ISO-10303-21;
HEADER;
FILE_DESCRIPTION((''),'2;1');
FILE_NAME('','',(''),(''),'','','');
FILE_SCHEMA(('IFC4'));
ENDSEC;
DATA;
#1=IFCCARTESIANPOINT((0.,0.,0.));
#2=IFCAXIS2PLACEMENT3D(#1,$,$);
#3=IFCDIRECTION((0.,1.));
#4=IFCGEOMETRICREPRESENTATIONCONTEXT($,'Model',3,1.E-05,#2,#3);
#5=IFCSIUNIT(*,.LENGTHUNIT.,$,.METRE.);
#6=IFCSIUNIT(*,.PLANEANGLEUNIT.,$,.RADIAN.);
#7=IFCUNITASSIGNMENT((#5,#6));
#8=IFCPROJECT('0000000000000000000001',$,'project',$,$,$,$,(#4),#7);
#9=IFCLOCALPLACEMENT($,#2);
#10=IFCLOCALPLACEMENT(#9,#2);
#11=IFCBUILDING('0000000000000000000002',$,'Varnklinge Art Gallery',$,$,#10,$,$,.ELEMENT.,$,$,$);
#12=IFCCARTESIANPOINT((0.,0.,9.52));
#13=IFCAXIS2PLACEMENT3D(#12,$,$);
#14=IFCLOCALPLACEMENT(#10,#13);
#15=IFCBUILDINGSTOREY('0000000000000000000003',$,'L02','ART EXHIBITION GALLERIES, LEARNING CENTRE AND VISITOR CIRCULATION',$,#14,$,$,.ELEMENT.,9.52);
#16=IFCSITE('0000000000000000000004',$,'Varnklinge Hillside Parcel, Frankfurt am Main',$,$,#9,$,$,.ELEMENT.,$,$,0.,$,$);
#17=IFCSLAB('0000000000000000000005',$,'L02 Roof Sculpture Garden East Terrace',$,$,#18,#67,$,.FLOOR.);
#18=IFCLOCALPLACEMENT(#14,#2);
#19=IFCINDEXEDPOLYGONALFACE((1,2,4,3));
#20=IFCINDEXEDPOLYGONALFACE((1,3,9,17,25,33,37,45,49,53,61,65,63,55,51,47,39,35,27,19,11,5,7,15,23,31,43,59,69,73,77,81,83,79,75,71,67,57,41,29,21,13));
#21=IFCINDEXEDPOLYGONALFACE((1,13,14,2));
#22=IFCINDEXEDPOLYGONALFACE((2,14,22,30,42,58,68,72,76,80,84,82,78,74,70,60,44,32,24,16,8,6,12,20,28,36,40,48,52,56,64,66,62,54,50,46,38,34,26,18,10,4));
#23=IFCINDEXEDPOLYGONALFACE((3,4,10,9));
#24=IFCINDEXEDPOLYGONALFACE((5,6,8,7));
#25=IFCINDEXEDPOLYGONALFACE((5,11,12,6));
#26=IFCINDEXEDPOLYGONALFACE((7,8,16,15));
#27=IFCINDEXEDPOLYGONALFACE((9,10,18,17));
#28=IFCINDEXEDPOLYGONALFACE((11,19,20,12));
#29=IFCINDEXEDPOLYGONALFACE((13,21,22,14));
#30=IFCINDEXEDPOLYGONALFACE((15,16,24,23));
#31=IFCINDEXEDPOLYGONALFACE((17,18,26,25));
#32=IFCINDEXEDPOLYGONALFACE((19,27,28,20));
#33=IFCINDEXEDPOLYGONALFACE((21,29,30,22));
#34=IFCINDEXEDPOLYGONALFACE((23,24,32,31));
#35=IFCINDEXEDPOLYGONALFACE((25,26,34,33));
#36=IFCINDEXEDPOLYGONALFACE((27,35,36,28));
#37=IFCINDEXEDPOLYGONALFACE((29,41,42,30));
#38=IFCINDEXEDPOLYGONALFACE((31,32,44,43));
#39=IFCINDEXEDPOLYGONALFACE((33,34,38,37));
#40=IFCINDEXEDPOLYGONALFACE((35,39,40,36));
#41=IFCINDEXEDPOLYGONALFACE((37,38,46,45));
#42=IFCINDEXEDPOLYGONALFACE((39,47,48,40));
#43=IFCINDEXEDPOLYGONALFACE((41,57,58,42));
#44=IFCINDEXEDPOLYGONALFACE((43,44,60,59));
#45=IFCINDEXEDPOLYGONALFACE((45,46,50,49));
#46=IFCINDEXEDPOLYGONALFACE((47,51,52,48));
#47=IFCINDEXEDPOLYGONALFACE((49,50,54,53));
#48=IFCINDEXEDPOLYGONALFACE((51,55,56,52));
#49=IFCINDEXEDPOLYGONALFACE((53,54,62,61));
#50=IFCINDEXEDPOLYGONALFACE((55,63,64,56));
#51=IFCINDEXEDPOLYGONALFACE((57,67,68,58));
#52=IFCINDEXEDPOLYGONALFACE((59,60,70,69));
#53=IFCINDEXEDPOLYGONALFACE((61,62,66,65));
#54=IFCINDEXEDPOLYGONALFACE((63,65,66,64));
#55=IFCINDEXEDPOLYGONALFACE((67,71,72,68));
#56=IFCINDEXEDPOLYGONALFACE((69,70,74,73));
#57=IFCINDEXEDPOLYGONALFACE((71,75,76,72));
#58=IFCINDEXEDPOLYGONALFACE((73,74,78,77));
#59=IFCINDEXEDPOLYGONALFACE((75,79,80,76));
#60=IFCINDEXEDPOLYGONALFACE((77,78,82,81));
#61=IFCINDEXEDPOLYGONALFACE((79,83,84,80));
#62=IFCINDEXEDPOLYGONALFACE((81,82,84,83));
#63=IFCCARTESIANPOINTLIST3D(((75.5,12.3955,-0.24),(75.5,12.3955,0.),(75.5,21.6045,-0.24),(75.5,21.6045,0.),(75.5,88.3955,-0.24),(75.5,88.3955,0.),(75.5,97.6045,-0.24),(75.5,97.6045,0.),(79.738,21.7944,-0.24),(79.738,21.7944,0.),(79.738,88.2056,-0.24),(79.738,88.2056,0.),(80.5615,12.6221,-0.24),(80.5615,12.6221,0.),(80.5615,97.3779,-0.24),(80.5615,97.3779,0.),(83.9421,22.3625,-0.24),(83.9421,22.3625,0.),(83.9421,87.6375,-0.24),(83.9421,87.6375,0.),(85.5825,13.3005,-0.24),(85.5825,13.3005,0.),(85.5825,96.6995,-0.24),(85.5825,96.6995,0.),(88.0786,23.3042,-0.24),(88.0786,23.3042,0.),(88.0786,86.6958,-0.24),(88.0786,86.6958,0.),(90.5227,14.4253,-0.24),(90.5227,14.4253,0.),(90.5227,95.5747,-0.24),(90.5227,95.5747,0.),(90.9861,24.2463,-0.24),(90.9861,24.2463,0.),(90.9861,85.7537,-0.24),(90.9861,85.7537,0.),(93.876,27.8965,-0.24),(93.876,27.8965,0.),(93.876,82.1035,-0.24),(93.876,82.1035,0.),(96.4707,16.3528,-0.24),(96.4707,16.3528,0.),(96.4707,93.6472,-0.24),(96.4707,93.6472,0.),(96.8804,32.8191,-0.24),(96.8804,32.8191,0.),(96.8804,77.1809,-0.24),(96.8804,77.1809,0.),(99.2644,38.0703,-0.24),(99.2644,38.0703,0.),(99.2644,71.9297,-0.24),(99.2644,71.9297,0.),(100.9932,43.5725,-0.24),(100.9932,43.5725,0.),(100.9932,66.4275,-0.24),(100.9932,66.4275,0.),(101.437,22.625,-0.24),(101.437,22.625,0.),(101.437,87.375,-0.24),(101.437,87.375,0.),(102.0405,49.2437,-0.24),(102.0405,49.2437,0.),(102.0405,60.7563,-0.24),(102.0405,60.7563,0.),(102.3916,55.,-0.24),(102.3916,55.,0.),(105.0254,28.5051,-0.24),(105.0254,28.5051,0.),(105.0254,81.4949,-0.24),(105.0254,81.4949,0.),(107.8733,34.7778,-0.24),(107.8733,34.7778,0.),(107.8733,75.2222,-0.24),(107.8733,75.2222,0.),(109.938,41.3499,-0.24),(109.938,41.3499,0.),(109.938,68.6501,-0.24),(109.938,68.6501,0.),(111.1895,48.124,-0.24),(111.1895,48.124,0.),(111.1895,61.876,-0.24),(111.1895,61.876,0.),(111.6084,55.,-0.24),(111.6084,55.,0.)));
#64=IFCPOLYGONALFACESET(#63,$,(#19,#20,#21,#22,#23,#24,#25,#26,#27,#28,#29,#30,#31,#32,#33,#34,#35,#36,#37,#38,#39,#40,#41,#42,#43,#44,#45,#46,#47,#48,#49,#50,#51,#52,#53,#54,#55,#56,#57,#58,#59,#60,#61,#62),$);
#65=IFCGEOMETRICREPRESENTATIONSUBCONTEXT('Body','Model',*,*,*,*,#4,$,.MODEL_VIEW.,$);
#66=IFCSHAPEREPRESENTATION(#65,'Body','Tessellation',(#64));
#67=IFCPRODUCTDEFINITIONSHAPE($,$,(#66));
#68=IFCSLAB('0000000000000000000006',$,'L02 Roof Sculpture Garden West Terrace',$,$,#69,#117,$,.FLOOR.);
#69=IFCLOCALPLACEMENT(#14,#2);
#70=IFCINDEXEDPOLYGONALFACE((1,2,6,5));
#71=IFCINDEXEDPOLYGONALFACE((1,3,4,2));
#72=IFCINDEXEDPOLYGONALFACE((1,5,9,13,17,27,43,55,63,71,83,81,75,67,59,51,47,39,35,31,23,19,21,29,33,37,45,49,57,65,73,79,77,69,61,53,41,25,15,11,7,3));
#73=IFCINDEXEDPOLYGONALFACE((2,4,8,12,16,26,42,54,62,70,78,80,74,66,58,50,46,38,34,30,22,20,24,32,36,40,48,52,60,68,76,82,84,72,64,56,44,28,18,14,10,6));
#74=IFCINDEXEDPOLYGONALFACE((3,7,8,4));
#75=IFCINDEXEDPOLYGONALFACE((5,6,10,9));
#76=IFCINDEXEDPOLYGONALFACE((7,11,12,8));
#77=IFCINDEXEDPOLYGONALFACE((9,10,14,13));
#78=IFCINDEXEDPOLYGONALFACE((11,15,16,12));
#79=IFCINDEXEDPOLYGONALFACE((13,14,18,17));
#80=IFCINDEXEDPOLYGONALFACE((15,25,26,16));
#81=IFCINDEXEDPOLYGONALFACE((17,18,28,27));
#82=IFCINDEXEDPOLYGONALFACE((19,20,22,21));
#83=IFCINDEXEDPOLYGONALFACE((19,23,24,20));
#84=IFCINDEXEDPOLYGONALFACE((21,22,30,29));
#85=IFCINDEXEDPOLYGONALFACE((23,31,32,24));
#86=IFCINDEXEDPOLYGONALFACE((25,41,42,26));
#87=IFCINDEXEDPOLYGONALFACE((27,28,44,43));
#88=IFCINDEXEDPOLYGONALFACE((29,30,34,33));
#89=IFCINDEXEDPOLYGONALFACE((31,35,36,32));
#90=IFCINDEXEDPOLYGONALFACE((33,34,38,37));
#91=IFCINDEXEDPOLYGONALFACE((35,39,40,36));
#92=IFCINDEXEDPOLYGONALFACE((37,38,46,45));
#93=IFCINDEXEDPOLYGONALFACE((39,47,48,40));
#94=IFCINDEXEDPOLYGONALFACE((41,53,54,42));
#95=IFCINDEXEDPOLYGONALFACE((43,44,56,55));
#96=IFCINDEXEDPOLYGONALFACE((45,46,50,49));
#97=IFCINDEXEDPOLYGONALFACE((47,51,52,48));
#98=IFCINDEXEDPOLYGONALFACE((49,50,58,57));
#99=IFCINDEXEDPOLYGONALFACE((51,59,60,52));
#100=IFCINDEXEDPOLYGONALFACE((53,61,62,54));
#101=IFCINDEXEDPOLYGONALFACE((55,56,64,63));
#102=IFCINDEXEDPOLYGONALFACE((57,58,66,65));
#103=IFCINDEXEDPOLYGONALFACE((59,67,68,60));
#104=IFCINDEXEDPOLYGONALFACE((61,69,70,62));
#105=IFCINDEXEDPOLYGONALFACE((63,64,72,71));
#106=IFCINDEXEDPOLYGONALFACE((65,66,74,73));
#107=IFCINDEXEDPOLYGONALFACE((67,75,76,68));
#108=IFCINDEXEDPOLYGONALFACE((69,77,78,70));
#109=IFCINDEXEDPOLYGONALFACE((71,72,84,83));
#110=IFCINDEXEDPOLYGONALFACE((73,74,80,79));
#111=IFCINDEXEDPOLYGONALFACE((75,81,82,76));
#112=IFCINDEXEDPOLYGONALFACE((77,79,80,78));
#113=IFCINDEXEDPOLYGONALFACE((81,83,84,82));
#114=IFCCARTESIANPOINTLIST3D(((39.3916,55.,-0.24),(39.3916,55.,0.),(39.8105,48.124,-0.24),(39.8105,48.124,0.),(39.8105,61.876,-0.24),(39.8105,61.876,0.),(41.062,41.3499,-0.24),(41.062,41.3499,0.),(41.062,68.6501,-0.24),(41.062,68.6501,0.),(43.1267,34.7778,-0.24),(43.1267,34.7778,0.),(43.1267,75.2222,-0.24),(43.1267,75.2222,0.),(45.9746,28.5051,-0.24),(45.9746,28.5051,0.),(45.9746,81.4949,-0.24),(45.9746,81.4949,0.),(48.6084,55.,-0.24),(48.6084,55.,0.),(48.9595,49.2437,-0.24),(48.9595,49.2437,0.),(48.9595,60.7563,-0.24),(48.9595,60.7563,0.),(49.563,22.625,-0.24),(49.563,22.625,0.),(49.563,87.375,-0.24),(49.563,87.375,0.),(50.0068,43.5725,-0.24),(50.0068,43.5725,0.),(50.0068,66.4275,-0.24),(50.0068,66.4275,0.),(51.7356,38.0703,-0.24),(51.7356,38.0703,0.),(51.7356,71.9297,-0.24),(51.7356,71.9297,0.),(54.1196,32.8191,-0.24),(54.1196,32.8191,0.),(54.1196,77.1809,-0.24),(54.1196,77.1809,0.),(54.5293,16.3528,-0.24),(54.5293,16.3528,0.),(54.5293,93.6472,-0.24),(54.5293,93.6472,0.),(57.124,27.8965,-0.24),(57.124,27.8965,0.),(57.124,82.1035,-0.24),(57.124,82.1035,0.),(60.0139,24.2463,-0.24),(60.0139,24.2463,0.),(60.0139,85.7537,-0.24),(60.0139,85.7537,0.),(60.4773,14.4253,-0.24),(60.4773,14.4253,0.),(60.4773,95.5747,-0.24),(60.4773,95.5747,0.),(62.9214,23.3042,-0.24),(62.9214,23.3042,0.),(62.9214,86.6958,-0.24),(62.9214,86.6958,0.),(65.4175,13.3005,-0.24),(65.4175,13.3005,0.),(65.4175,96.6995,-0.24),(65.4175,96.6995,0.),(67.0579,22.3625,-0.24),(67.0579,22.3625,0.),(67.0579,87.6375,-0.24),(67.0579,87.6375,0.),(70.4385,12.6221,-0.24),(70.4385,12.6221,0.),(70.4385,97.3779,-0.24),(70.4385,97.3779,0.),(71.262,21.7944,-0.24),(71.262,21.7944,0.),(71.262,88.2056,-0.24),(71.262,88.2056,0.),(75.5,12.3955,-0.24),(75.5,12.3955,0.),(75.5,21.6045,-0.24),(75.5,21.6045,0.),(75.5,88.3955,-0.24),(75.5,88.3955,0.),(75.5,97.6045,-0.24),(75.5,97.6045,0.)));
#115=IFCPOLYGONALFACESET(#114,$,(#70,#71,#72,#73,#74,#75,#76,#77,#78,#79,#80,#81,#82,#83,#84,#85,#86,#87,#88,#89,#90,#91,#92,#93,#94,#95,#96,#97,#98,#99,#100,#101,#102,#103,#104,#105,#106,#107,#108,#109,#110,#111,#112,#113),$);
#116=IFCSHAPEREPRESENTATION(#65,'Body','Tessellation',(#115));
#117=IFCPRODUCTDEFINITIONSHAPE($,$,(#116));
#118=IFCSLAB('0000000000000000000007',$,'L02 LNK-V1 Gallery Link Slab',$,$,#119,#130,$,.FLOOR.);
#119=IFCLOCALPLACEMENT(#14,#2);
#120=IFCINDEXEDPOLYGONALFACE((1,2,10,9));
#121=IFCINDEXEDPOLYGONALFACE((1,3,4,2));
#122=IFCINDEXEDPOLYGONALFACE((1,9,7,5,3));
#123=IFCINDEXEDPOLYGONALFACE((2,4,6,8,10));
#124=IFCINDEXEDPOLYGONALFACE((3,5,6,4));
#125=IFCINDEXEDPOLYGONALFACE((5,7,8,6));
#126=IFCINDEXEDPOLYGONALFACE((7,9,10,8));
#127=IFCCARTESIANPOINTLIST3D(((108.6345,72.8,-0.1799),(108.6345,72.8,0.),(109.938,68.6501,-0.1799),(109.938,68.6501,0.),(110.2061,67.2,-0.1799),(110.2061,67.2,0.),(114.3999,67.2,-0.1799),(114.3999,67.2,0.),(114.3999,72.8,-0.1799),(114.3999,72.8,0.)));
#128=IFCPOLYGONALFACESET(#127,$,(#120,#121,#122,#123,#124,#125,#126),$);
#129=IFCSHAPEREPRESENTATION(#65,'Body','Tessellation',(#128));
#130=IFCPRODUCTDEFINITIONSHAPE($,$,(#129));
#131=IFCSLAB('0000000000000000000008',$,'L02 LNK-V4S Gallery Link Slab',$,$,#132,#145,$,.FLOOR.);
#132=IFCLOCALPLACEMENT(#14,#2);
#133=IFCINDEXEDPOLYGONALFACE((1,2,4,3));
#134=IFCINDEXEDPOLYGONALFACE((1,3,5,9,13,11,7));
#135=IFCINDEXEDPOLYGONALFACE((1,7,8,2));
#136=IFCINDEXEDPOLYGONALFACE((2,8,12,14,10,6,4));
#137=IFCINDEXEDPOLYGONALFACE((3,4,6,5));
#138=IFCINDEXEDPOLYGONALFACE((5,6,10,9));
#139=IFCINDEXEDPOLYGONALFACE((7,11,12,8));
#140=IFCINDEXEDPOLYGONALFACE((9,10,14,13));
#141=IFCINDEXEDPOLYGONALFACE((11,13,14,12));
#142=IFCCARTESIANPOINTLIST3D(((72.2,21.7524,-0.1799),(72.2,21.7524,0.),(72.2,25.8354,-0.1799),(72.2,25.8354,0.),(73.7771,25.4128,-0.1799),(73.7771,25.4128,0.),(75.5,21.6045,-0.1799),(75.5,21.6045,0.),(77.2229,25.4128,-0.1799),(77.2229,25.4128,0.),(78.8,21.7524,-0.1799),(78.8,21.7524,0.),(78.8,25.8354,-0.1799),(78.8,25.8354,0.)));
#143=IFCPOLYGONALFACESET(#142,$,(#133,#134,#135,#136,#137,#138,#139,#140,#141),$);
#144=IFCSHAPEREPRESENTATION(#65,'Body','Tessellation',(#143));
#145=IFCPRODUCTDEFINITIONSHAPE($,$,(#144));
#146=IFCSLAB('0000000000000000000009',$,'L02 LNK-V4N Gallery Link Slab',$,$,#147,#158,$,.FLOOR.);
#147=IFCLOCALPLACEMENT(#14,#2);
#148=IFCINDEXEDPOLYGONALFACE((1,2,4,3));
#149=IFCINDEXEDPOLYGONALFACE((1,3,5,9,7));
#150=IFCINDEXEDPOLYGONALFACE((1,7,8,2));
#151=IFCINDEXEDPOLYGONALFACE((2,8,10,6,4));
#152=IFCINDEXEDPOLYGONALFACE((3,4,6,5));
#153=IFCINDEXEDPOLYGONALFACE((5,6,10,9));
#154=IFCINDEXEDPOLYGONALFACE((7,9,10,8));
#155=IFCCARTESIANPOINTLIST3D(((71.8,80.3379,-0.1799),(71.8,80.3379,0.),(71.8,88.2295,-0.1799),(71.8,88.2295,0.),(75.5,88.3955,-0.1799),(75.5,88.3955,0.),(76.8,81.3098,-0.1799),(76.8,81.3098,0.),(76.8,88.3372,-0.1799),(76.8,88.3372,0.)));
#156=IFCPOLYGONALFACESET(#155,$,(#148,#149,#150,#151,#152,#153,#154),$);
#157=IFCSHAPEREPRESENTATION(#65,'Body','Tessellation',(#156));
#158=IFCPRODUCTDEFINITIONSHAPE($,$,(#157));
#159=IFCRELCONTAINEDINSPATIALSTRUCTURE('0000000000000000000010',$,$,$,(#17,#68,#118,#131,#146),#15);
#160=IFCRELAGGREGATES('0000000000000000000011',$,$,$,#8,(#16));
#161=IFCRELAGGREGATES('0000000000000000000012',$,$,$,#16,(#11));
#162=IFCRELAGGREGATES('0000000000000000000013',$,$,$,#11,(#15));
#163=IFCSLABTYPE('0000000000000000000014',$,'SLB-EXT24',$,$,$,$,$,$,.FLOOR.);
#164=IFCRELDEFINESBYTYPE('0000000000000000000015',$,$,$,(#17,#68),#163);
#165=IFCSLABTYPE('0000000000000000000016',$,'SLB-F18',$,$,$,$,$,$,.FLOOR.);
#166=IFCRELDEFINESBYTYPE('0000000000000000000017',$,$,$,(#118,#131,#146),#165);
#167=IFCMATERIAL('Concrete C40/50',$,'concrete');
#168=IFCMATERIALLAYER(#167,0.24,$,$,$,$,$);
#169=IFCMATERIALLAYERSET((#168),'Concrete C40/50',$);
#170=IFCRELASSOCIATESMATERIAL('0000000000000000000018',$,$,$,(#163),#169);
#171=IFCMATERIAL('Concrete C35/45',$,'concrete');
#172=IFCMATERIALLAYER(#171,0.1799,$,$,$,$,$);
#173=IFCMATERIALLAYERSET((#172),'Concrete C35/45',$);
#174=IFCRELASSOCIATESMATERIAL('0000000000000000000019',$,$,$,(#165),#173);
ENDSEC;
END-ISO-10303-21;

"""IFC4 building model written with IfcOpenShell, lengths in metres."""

from ifc_helpers import new_model, si_unit, direction, frame, origin, place, context, subcontext, project, spatial, polyline, outline, extrude, material, layer, layer_set, type_object, element, save


model = new_model("IFC4")

# Units and contexts
model_context = context("Model", 3, precision=1e-05, world=origin(), true_north=direction((0.0, 1.0)))
body_context = subcontext(model_context, "Body", "Model", "MODEL_VIEW")
ifc_project = project(units=[si_unit("LENGTHUNIT", "METRE"), si_unit("PLANEANGLEUNIT", "RADIAN")], contexts=[model_context])

# Site, building, storey
site_placement = place(None, origin())
site = spatial("IfcSite", under=ifc_project, at=site_placement, Name="Varnklinge Hillside Parcel, Frankfurt am Main", CompositionType="ELEMENT", RefElevation=0.0)
building_placement = place(site_placement, origin())
building = spatial("IfcBuilding", under=site, at=building_placement, Name="Varnklinge Art Gallery", CompositionType="ELEMENT")
storey_placement = place(building_placement, frame((0.0, 0.0, 9.52)))
storey = spatial("IfcBuildingStorey", under=building, at=storey_placement, Name="L02", Description="ART EXHIBITION GALLERIES, LEARNING CENTRE AND VISITOR CIRCULATION", CompositionType="ELEMENT", Elevation=9.52)

# Slabs
ifc_material_1 = material(Name="Concrete C40/50", Category="concrete")
ifc_layer_1 = layer(ifc_material_1, 0.24)
ifc_layer_set_1 = layer_set([ifc_layer_1], Name="Concrete C40/50")
slab_type_1 = type_object("IfcSlabType", Name="SLB-EXT24", PredefinedType="FLOOR", material=ifc_layer_set_1)
slab_1_placement = place(storey_placement, frame((0.0, 0.0, -0.24)))
element("IfcSlab", 1, at=slab_1_placement, inside=storey, type_object=slab_type_1, Name="L02 Roof Sculpture Garden East Terrace", PredefinedType="FLOOR", context=body_context, shape_type="SweptSolid", body=[
    extrude(outline(polyline([(80.5615, 12.6221), (85.5825, 13.3005), (90.5227, 14.4253), (96.4707, 16.3528), (101.437, 22.625), (105.0254, 28.5051), (107.8733, 34.7778), (109.938, 41.3499), (111.1895, 48.124), (111.6084, 55.0), (111.1895, 61.876), (109.938, 68.6501), (107.8733, 75.2222), (105.0254, 81.4949), (101.437, 87.375), (96.4707, 93.6472), (90.5227, 95.5747), (85.5825, 96.6995), (80.5615, 97.3779), (75.5, 97.6045), (75.5, 88.3955), (79.738, 88.2056), (83.9421, 87.6375), (88.0786, 86.6958), (90.9861, 85.7537), (93.876, 82.1035), (96.8804, 77.1809), (99.2644, 71.9297), (100.9932, 66.4275), (102.0405, 60.7563), (102.3916, 55.0), (102.0405, 49.2437), (100.9932, 43.5725), (99.2644, 38.0703), (96.8804, 32.8191), (93.876, 27.8965), (90.9861, 24.2463), (88.0786, 23.3042), (83.9421, 22.3625), (79.738, 21.7944), (75.5, 21.6045), (75.5, 12.3955), (80.5615, 12.6221)])), origin(), (0.0, 0.0, 1.0), 0.24),
])
slab_2_placement = place(storey_placement, frame((0.0, 0.0, -0.24)))
element("IfcSlab", 2, at=slab_2_placement, inside=storey, type_object=slab_type_1, Name="L02 Roof Sculpture Garden West Terrace", PredefinedType="FLOOR", context=body_context, shape_type="SweptSolid", body=[
    extrude(outline(polyline([(70.4385, 97.3779), (65.4175, 96.6995), (60.4773, 95.5747), (54.5293, 93.6472), (49.563, 87.375), (45.9746, 81.4949), (43.1267, 75.2222), (41.062, 68.6501), (39.8105, 61.876), (39.3916, 55.0), (39.8105, 48.124), (41.062, 41.3499), (43.1267, 34.7778), (45.9746, 28.5051), (49.563, 22.625), (54.5293, 16.3528), (60.4773, 14.4253), (65.4175, 13.3005), (70.4385, 12.6221), (75.5, 12.3955), (75.5, 21.6045), (71.262, 21.7944), (67.0579, 22.3625), (62.9214, 23.3042), (60.0139, 24.2463), (57.124, 27.8965), (54.1196, 32.8191), (51.7356, 38.0703), (50.0068, 43.5725), (48.9595, 49.2437), (48.6084, 55.0), (48.9595, 60.7563), (50.0068, 66.4275), (51.7356, 71.9297), (54.1196, 77.1809), (57.124, 82.1035), (60.0139, 85.7537), (62.9214, 86.6958), (67.0579, 87.6375), (71.262, 88.2056), (75.5, 88.3955), (75.5, 97.6045), (70.4385, 97.3779)])), origin(), (0.0, 0.0, 1.0), 0.24),
])
ifc_material_2 = material(Name="Concrete C35/45", Category="concrete")
ifc_layer_2 = layer(ifc_material_2, 0.1799)
ifc_layer_set_2 = layer_set([ifc_layer_2], Name="Concrete C35/45")
slab_type_2 = type_object("IfcSlabType", Name="SLB-F18", PredefinedType="FLOOR", material=ifc_layer_set_2)
slab_3_placement = place(storey_placement, frame((0.0, 0.0, -0.1799)))
element("IfcSlab", 3, at=slab_3_placement, inside=storey, type_object=slab_type_2, Name="L02 LNK-V1 Gallery Link Slab", PredefinedType="FLOOR", context=body_context, shape_type="SweptSolid", body=[
    extrude(outline(polyline([(108.6345, 72.8), (109.938, 68.6501), (110.2061, 67.2), (114.3999, 67.2), (114.3999, 72.8), (108.6345, 72.8)])), origin(), (0.0, 0.0, 1.0), 0.1799),
])
slab_4_placement = place(storey_placement, frame((0.0, 0.0, -0.1799)))
element("IfcSlab", 4, at=slab_4_placement, inside=storey, type_object=slab_type_2, Name="L02 LNK-V4S Gallery Link Slab", PredefinedType="FLOOR", context=body_context, shape_type="SweptSolid", body=[
    extrude(outline(polyline([(78.8, 25.8354), (77.2229, 25.4128), (73.7771, 25.4128), (72.2, 25.8354), (72.2, 21.7524), (75.5, 21.6045), (78.8, 21.7524), (78.8, 25.8354)])), origin(), (0.0, 0.0, 1.0), 0.1799),
])
slab_5_placement = place(storey_placement, frame((0.0, 0.0, -0.1799)))
element("IfcSlab", 5, at=slab_5_placement, inside=storey, type_object=slab_type_2, Name="L02 LNK-V4N Gallery Link Slab", PredefinedType="FLOOR", context=body_context, shape_type="SweptSolid", body=[
    extrude(outline(polyline([(71.8, 80.3379), (76.8, 81.3098), (76.8, 88.3372), (75.5, 88.3955), (71.8, 88.2295), (71.8, 80.3379)])), origin(), (0.0, 0.0, 1.0), 0.1799),
])

save(model, "model.ifc")
